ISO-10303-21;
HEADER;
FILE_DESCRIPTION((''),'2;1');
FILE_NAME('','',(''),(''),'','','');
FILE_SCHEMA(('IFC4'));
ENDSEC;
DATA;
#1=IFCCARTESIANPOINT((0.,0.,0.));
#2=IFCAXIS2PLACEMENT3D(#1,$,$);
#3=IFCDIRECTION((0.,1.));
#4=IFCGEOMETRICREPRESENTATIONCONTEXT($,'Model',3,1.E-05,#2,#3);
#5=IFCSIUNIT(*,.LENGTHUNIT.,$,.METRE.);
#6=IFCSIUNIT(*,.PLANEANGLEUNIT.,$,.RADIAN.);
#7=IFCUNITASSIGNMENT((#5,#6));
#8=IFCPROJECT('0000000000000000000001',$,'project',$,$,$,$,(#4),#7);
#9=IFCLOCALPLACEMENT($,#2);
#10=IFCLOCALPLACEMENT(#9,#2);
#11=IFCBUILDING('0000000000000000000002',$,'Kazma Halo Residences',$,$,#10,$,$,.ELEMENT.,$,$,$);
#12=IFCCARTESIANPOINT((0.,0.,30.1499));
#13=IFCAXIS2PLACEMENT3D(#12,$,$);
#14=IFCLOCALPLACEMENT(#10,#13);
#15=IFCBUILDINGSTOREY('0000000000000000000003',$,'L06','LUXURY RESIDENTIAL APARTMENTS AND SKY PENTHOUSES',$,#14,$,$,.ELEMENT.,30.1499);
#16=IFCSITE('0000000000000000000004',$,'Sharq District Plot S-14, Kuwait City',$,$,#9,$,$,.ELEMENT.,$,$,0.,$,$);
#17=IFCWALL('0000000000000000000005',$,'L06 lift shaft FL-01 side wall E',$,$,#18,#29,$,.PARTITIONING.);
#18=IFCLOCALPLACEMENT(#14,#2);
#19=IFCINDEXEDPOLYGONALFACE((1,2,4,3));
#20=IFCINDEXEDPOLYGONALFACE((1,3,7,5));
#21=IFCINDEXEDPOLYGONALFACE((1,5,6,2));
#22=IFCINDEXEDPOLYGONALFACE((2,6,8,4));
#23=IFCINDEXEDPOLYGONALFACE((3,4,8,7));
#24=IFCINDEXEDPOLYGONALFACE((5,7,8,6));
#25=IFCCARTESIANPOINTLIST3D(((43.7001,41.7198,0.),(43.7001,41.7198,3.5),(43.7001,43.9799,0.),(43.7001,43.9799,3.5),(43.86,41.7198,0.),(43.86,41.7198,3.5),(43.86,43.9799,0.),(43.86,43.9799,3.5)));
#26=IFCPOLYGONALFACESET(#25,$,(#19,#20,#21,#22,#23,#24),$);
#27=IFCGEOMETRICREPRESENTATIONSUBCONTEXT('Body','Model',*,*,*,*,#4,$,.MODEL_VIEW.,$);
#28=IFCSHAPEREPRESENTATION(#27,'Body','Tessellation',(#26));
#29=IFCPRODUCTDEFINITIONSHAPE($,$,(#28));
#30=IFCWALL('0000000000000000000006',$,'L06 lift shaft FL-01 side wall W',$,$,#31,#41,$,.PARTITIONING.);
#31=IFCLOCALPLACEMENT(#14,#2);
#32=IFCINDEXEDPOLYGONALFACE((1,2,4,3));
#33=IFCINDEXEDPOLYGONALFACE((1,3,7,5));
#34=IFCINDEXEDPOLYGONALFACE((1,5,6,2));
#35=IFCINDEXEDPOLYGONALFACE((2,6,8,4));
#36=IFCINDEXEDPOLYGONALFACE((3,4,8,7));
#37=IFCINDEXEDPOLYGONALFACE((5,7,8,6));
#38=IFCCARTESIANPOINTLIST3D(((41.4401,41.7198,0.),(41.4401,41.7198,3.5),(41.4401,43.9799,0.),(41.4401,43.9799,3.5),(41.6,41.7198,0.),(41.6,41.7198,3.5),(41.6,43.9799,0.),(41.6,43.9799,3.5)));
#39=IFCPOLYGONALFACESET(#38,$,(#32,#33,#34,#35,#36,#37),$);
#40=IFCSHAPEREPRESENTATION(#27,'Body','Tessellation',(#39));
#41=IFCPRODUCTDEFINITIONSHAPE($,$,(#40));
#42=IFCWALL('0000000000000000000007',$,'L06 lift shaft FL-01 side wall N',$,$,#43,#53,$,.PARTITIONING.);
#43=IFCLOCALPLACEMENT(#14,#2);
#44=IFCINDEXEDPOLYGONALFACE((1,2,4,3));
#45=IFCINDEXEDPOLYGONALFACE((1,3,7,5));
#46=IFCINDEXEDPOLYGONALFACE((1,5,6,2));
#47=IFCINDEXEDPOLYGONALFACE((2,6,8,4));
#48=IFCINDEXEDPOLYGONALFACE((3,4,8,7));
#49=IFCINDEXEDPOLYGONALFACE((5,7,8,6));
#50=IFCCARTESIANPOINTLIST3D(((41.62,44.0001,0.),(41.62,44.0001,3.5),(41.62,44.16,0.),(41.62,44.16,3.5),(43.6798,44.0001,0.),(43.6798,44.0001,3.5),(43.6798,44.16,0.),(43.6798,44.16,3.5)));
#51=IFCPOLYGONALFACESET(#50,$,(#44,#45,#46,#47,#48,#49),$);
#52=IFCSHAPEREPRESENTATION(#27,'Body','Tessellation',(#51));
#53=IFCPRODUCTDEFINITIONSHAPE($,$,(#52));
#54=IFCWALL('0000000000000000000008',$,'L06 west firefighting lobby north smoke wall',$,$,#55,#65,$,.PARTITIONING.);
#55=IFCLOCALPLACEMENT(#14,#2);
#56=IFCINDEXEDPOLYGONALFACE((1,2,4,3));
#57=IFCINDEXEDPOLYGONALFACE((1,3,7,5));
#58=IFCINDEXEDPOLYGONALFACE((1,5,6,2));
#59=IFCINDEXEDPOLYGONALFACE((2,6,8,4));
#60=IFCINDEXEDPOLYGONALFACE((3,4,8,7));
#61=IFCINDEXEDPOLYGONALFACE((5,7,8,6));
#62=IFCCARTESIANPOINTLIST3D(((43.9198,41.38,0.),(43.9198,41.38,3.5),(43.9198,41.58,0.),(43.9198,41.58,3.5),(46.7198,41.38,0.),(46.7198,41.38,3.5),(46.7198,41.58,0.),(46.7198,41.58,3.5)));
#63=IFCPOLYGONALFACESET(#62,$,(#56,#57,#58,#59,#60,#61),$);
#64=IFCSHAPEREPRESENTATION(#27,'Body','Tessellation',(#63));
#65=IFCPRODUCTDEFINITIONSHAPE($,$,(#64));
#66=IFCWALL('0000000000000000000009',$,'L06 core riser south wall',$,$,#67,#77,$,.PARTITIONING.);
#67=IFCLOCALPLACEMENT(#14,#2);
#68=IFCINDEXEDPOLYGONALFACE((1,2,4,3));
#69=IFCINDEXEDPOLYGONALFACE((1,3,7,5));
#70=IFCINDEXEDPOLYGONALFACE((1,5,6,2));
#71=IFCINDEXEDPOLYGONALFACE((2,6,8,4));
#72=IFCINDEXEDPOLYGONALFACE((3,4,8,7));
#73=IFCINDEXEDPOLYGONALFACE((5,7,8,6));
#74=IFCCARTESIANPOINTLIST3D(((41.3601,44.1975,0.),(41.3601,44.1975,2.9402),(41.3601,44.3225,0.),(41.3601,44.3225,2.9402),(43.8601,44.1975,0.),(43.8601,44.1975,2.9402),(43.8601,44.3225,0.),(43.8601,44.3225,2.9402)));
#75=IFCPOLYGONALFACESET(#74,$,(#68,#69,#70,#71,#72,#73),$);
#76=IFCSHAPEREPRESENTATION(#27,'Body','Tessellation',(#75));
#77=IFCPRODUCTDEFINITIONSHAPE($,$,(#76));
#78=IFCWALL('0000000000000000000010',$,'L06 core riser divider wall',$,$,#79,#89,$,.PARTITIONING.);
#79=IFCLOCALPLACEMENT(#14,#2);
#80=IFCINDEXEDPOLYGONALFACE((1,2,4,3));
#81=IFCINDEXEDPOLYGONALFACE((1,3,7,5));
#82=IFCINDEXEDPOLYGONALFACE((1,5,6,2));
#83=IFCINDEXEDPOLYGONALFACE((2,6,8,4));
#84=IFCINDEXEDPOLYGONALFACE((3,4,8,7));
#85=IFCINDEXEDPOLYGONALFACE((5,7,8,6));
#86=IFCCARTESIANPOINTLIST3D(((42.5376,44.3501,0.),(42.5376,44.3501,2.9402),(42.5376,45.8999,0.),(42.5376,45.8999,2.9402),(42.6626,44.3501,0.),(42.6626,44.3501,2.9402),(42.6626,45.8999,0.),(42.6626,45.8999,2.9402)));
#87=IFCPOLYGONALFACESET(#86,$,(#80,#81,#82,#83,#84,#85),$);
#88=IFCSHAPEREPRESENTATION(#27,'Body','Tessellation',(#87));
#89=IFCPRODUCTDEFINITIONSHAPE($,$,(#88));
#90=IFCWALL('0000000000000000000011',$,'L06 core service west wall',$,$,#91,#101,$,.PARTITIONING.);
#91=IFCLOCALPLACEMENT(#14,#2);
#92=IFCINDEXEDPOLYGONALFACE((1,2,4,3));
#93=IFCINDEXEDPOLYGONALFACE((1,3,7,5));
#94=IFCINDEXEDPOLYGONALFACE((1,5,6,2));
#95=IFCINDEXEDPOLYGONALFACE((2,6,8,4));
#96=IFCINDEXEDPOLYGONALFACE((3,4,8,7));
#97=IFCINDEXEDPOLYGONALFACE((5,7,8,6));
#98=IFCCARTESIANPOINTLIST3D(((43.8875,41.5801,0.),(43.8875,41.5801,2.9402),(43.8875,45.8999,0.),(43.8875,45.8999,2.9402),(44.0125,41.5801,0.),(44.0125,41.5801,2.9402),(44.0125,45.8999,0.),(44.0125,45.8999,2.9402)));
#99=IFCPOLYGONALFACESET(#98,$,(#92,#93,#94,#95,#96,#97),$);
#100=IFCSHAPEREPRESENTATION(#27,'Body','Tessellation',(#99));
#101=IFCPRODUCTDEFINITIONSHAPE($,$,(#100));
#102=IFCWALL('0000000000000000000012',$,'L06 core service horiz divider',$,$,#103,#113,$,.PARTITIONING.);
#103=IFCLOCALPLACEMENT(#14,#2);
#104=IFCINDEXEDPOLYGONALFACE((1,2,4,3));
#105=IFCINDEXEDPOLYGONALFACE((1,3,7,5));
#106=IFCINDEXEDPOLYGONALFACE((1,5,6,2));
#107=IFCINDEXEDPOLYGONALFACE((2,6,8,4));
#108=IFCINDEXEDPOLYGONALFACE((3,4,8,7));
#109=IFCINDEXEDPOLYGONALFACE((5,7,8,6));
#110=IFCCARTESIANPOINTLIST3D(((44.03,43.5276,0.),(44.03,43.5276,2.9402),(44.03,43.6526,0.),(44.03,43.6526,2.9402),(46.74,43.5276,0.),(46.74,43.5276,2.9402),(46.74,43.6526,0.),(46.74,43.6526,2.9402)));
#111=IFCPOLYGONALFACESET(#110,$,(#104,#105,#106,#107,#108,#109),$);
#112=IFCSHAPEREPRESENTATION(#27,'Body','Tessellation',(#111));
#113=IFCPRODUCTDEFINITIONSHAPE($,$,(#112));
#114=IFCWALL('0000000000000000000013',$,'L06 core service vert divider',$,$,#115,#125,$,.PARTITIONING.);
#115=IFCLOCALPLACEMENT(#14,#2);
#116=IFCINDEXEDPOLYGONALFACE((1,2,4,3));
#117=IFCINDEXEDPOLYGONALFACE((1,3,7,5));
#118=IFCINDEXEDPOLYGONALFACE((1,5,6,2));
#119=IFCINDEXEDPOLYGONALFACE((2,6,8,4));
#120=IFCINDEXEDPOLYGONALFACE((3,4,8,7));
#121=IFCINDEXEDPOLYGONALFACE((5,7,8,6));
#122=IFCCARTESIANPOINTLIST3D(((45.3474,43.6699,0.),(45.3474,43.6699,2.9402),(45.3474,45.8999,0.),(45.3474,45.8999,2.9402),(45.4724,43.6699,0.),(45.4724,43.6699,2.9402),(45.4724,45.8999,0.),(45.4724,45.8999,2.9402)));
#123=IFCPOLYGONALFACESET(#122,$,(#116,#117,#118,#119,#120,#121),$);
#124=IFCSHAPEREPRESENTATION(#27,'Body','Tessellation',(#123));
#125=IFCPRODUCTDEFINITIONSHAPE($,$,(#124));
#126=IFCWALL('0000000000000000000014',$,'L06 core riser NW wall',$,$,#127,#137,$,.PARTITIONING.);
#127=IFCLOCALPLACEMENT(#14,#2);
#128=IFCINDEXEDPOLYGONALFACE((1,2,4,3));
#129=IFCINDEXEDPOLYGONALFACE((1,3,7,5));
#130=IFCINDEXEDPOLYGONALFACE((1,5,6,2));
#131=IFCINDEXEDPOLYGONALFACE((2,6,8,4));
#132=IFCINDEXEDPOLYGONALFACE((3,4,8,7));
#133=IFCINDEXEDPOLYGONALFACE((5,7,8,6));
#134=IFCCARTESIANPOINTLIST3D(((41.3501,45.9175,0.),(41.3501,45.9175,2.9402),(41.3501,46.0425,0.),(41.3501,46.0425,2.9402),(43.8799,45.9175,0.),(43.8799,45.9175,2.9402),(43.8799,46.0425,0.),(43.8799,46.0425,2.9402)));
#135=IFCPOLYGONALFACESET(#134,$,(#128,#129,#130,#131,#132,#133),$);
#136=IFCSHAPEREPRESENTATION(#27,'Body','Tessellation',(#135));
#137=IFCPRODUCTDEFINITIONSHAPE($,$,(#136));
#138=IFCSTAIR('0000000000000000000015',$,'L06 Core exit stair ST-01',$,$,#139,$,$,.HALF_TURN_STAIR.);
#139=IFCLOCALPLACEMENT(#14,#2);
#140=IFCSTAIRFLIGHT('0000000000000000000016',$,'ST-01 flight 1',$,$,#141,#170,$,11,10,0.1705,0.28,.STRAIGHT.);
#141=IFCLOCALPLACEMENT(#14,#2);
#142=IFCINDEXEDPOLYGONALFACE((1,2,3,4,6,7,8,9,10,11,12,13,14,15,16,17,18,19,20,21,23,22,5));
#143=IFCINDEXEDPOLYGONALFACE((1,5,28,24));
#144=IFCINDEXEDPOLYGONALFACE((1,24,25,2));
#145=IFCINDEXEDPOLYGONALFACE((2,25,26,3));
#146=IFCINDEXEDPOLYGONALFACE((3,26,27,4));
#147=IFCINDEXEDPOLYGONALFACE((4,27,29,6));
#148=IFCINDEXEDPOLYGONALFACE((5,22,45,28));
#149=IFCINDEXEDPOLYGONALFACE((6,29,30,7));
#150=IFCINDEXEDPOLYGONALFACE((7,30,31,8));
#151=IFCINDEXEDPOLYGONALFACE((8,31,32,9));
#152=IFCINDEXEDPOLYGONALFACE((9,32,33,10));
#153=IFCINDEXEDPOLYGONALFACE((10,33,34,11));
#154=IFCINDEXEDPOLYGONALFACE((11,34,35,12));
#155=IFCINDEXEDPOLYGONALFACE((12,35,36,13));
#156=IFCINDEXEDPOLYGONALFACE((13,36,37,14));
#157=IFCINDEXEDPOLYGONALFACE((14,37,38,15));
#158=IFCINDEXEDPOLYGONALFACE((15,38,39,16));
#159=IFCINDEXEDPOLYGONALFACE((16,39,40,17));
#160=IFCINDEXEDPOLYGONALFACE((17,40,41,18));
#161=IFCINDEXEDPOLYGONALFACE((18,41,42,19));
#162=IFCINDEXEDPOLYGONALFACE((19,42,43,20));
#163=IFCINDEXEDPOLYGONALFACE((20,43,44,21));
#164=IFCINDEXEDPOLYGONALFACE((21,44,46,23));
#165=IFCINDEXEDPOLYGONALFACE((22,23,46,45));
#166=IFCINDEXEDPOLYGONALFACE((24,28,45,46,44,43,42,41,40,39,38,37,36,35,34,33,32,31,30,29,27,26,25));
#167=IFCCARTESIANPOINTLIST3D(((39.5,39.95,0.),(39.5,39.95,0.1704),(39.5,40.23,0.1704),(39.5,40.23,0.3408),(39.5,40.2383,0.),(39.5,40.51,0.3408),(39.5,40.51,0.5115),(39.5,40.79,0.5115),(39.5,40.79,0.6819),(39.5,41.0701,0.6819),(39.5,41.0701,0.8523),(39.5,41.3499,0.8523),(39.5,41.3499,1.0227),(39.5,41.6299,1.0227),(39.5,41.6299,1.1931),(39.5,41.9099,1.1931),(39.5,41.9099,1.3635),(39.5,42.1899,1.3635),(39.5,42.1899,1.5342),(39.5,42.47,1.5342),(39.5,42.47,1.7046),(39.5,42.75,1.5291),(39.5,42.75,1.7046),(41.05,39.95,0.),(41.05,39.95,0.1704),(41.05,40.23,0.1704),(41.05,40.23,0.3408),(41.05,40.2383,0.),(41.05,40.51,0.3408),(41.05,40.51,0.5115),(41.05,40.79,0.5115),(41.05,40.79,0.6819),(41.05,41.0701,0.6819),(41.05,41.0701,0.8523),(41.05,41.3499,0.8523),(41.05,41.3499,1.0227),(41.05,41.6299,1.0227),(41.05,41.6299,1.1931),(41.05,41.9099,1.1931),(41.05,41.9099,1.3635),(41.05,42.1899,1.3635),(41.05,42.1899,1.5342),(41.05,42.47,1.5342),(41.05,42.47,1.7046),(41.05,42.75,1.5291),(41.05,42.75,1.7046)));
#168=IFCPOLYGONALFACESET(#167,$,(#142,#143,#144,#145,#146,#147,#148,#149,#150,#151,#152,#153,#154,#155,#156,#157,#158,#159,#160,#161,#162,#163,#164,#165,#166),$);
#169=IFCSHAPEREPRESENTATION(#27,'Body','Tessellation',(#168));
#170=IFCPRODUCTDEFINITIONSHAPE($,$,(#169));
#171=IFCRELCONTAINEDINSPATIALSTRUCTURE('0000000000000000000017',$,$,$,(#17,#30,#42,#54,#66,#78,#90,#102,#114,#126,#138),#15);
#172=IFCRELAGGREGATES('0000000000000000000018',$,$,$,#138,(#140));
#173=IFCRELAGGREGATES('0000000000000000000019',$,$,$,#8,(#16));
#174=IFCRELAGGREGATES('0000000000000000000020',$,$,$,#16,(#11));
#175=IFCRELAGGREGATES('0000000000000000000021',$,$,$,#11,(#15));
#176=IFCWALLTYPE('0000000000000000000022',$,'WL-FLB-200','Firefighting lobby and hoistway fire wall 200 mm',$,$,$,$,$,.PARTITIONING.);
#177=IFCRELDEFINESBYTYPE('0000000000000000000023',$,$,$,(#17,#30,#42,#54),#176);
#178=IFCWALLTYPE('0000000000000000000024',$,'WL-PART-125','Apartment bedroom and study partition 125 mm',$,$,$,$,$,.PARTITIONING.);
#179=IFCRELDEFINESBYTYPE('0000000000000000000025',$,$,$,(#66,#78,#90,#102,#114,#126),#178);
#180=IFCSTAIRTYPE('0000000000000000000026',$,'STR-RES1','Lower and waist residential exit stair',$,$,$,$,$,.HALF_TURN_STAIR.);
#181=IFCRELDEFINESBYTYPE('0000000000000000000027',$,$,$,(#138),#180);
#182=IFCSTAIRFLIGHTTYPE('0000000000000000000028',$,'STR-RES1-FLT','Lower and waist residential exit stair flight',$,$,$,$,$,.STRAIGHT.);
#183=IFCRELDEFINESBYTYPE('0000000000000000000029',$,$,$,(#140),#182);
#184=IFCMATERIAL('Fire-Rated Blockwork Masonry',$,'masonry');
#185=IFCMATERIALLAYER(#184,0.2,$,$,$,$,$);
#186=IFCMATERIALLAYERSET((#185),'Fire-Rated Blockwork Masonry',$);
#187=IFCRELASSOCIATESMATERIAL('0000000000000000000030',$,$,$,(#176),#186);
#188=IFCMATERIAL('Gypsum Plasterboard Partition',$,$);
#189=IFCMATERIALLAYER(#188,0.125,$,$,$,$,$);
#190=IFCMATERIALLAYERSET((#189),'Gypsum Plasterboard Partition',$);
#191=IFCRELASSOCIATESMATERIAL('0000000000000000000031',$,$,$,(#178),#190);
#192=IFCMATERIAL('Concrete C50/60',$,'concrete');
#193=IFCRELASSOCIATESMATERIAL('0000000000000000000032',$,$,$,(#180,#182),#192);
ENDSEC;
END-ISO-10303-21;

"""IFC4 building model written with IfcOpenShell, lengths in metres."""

from ifc_helpers import new_model, si_unit, direction, frame, frame_2d, origin, place, context, subcontext, project, spatial, polyline, rectangle, outline, extrude, material, layer, layer_set, type_object, element, aggregate, save


model = new_model("IFC4")

# Units and contexts
model_context = context("Model", 3, precision=1e-05, world=origin(), true_north=direction((0.0, 1.0)))
body_context = subcontext(model_context, "Body", "Model", "MODEL_VIEW")
ifc_project = project(units=[si_unit("LENGTHUNIT", "METRE"), si_unit("PLANEANGLEUNIT", "RADIAN")], contexts=[model_context])

# Site, building, storey
site_placement = place(None, origin())
site = spatial("IfcSite", under=ifc_project, at=site_placement, Name="Sharq District Plot S-14, Kuwait City", CompositionType="ELEMENT", RefElevation=0.0)
building_placement = place(site_placement, origin())
building = spatial("IfcBuilding", under=site, at=building_placement, Name="Kazma Halo Residences", CompositionType="ELEMENT")
storey_placement = place(building_placement, frame((0.0, 0.0, 30.1499)))
storey = spatial("IfcBuildingStorey", under=building, at=storey_placement, Name="L06", Description="LUXURY RESIDENTIAL APARTMENTS AND SKY PENTHOUSES", CompositionType="ELEMENT", Elevation=30.1499)

# Shared definitions
ifc_material_1 = material(Name="Fire-Rated Blockwork Masonry", Category="masonry")
ifc_layer_1 = layer(ifc_material_1, 0.2)
ifc_layer_set_1 = layer_set([ifc_layer_1], Name="Fire-Rated Blockwork Masonry")
wall_type_1 = type_object("IfcWallType", Name="WL-FLB-200", Description="Firefighting lobby and hoistway fire wall 200 mm", PredefinedType="PARTITIONING", material=ifc_layer_set_1)

# Walls
for number, where, z_axis, x_axis, name in (
    (1, (43.78, 41.72, 0.0), (0.0, 0.0, 1.0), (0.0, 1.0, 0.0), "L06 lift shaft FL-01 side wall E"),
    (2, (41.52, 41.72, 0.0), (0.0, 0.0, 1.0), (0.0, 1.0, 0.0), "L06 lift shaft FL-01 side wall W"),
):
    element("IfcWall", number, at=place(storey_placement, frame(where, z_axis=z_axis, x_axis=x_axis)), inside=storey, type_object=wall_type_1, Name=name, PredefinedType="PARTITIONING", context=body_context, shape_type="SweptSolid", body=[
        extrude(rectangle(XDim=2.26, YDim=0.1599, at=frame_2d((1.1299, 0.0))), origin(), (0.0, 0.0, 1.0), 3.5),
    ])
wall_1_placement = place(storey_placement, frame((41.6201, 44.0801, 0.0), z_axis=(0.0, 0.0, 1.0), x_axis=(1.0, 0.0, 0.0)))
element("IfcWall", 3, at=wall_1_placement, inside=storey, type_object=wall_type_1, Name="L06 lift shaft FL-01 side wall N", PredefinedType="PARTITIONING", context=body_context, shape_type="SweptSolid", body=[
    extrude(rectangle(XDim=2.0598, YDim=0.1599, at=frame_2d((1.0298, 0.0))), origin(), (0.0, 0.0, 1.0), 3.5),
])
wall_2_placement = place(storey_placement, frame((43.9199, 41.48, 0.0), z_axis=(0.0, 0.0, 1.0), x_axis=(1.0, 0.0, 0.0)))
element("IfcWall", 4, at=wall_2_placement, inside=storey, type_object=wall_type_1, Name="L06 west firefighting lobby north smoke wall", PredefinedType="PARTITIONING", context=body_context, shape_type="SweptSolid", body=[
    extrude(rectangle(XDim=2.8, YDim=0.2, at=frame_2d((1.3999, 0.0))), origin(), (0.0, 0.0, 1.0), 3.5),
])
ifc_material_2 = material(Name="Gypsum Plasterboard Partition")
ifc_layer_2 = layer(ifc_material_2, 0.125)
ifc_layer_set_2 = layer_set([ifc_layer_2], Name="Gypsum Plasterboard Partition")
wall_type_2 = type_object("IfcWallType", Name="WL-PART-125", Description="Apartment bedroom and study partition 125 mm", PredefinedType="PARTITIONING", material=ifc_layer_set_2)
wall_3_placement = place(storey_placement, frame((41.3601, 44.26, 0.0), z_axis=(0.0, 0.0, 1.0), x_axis=(1.0, 0.0, 0.0)))
element("IfcWall", 5, at=wall_3_placement, inside=storey, type_object=wall_type_2, Name="L06 core riser south wall", PredefinedType="PARTITIONING", context=body_context, shape_type="SweptSolid", body=[
    extrude(rectangle(XDim=2.5, YDim=0.125, at=frame_2d((1.25, 0.0))), origin(), (0.0, 0.0, 1.0), 2.9402),
])
wall_4_placement = place(storey_placement, frame((42.6001, 44.3501, 0.0), z_axis=(0.0, 0.0, 1.0), x_axis=(0.0, 1.0, 0.0)))
element("IfcWall", 6, at=wall_4_placement, inside=storey, type_object=wall_type_2, Name="L06 core riser divider wall", PredefinedType="PARTITIONING", context=body_context, shape_type="SweptSolid", body=[
    extrude(rectangle(XDim=1.5498, YDim=0.125, at=frame_2d((0.7749, 0.0))), origin(), (0.0, 0.0, 1.0), 2.9402),
])
wall_5_placement = place(storey_placement, frame((43.95, 41.5801, 0.0), z_axis=(0.0, 0.0, 1.0), x_axis=(0.0, 1.0, 0.0)))
element("IfcWall", 7, at=wall_5_placement, inside=storey, type_object=wall_type_2, Name="L06 core service west wall", PredefinedType="PARTITIONING", context=body_context, shape_type="SweptSolid", body=[
    extrude(rectangle(XDim=4.3198, YDim=0.125, at=frame_2d((2.1599, 0.0))), origin(), (0.0, 0.0, 1.0), 2.9402),
])
wall_6_placement = place(storey_placement, frame((44.03, 43.5901, 0.0), z_axis=(0.0, 0.0, 1.0), x_axis=(1.0, 0.0, 0.0)))
element("IfcWall", 8, at=wall_6_placement, inside=storey, type_object=wall_type_2, Name="L06 core service horiz divider", PredefinedType="PARTITIONING", context=body_context, shape_type="SweptSolid", body=[
    extrude(rectangle(XDim=2.71, YDim=0.125, at=frame_2d((1.355, 0.0))), origin(), (0.0, 0.0, 1.0), 2.9402),
])
wall_7_placement = place(storey_placement, frame((45.4099, 43.6699, 0.0), z_axis=(0.0, 0.0, 1.0), x_axis=(0.0, 1.0, 0.0)))
element("IfcWall", 9, at=wall_7_placement, inside=storey, type_object=wall_type_2, Name="L06 core service vert divider", PredefinedType="PARTITIONING", context=body_context, shape_type="SweptSolid", body=[
    extrude(rectangle(XDim=2.23, YDim=0.125, at=frame_2d((1.115, 0.0))), origin(), (0.0, 0.0, 1.0), 2.9402),
])
wall_8_placement = place(storey_placement, frame((41.3501, 45.98, 0.0), z_axis=(0.0, 0.0, 1.0), x_axis=(1.0, 0.0, 0.0)))
element("IfcWall", 10, at=wall_8_placement, inside=storey, type_object=wall_type_2, Name="L06 core riser NW wall", PredefinedType="PARTITIONING", context=body_context, shape_type="SweptSolid", body=[
    extrude(rectangle(XDim=2.5298, YDim=0.125, at=frame_2d((1.2649, 0.0))), origin(), (0.0, 0.0, 1.0), 2.9402),
])

# Stair, stair flight
ifc_material_3 = material(Name="Concrete C50/60", Category="concrete")
stair_type = type_object("IfcStairType", Name="STR-RES1", Description="Lower and waist residential exit stair", PredefinedType="HALF_TURN_STAIR", material=ifc_material_3)
stair_placement = place(storey_placement, origin())
stair = element("IfcStair", 11, at=stair_placement, inside=storey, type_object=stair_type, Name="L06 Core exit stair ST-01", PredefinedType="HALF_TURN_STAIR")
stair_flight_type = type_object("IfcStairFlightType", Name="STR-RES1-FLT", Description="Lower and waist residential exit stair flight", PredefinedType="STRAIGHT", material=ifc_material_3)
stair_flight_1_placement = place(storey_placement, frame((40.2749, 39.95, 0.0), z_axis=(0.0, 0.0, 1.0), x_axis=(0.0, 1.0, 0.0)))
stair_flight_1 = element("IfcStairFlight", 12, at=stair_flight_1_placement, type_object=stair_flight_type, Name="ST-01 flight 1", NumberOfRisers=11, NumberOfTreads=10, PredefinedType="STRAIGHT", RiserHeight=0.1705, TreadLength=0.28, context=body_context, shape_type="SweptSolid", body=[
    extrude(outline(polyline([(0.0, 0.0), (0.0, 0.1704), (0.28, 0.1704), (0.28, 0.3408), (0.5601, 0.3408), (0.5601, 0.5115), (0.8401, 0.5115), (0.8401, 0.6819), (1.1201, 0.6819), (1.1201, 0.8523), (1.3999, 0.8523), (1.3999, 1.0227), (1.6799, 1.0227), (1.6799, 1.1931), (1.96, 1.1931), (1.96, 1.3635), (2.24, 1.3635), (2.24, 1.5342), (2.52, 1.5342), (2.52, 1.7046), (2.8, 1.7046), (2.8, 1.875), (2.8, 1.5291), (0.2883, 0.0), (0.0, 0.0)])), frame((0.0, 0.7749, 0.0), z_axis=(0.0, -1.0, 0.0), x_axis=(1.0, 0.0, 0.0)), (0.0, 0.0, 1.0), 1.55),
])
aggregate(stair, [stair_flight_1])

save(model, "model.ifc")
